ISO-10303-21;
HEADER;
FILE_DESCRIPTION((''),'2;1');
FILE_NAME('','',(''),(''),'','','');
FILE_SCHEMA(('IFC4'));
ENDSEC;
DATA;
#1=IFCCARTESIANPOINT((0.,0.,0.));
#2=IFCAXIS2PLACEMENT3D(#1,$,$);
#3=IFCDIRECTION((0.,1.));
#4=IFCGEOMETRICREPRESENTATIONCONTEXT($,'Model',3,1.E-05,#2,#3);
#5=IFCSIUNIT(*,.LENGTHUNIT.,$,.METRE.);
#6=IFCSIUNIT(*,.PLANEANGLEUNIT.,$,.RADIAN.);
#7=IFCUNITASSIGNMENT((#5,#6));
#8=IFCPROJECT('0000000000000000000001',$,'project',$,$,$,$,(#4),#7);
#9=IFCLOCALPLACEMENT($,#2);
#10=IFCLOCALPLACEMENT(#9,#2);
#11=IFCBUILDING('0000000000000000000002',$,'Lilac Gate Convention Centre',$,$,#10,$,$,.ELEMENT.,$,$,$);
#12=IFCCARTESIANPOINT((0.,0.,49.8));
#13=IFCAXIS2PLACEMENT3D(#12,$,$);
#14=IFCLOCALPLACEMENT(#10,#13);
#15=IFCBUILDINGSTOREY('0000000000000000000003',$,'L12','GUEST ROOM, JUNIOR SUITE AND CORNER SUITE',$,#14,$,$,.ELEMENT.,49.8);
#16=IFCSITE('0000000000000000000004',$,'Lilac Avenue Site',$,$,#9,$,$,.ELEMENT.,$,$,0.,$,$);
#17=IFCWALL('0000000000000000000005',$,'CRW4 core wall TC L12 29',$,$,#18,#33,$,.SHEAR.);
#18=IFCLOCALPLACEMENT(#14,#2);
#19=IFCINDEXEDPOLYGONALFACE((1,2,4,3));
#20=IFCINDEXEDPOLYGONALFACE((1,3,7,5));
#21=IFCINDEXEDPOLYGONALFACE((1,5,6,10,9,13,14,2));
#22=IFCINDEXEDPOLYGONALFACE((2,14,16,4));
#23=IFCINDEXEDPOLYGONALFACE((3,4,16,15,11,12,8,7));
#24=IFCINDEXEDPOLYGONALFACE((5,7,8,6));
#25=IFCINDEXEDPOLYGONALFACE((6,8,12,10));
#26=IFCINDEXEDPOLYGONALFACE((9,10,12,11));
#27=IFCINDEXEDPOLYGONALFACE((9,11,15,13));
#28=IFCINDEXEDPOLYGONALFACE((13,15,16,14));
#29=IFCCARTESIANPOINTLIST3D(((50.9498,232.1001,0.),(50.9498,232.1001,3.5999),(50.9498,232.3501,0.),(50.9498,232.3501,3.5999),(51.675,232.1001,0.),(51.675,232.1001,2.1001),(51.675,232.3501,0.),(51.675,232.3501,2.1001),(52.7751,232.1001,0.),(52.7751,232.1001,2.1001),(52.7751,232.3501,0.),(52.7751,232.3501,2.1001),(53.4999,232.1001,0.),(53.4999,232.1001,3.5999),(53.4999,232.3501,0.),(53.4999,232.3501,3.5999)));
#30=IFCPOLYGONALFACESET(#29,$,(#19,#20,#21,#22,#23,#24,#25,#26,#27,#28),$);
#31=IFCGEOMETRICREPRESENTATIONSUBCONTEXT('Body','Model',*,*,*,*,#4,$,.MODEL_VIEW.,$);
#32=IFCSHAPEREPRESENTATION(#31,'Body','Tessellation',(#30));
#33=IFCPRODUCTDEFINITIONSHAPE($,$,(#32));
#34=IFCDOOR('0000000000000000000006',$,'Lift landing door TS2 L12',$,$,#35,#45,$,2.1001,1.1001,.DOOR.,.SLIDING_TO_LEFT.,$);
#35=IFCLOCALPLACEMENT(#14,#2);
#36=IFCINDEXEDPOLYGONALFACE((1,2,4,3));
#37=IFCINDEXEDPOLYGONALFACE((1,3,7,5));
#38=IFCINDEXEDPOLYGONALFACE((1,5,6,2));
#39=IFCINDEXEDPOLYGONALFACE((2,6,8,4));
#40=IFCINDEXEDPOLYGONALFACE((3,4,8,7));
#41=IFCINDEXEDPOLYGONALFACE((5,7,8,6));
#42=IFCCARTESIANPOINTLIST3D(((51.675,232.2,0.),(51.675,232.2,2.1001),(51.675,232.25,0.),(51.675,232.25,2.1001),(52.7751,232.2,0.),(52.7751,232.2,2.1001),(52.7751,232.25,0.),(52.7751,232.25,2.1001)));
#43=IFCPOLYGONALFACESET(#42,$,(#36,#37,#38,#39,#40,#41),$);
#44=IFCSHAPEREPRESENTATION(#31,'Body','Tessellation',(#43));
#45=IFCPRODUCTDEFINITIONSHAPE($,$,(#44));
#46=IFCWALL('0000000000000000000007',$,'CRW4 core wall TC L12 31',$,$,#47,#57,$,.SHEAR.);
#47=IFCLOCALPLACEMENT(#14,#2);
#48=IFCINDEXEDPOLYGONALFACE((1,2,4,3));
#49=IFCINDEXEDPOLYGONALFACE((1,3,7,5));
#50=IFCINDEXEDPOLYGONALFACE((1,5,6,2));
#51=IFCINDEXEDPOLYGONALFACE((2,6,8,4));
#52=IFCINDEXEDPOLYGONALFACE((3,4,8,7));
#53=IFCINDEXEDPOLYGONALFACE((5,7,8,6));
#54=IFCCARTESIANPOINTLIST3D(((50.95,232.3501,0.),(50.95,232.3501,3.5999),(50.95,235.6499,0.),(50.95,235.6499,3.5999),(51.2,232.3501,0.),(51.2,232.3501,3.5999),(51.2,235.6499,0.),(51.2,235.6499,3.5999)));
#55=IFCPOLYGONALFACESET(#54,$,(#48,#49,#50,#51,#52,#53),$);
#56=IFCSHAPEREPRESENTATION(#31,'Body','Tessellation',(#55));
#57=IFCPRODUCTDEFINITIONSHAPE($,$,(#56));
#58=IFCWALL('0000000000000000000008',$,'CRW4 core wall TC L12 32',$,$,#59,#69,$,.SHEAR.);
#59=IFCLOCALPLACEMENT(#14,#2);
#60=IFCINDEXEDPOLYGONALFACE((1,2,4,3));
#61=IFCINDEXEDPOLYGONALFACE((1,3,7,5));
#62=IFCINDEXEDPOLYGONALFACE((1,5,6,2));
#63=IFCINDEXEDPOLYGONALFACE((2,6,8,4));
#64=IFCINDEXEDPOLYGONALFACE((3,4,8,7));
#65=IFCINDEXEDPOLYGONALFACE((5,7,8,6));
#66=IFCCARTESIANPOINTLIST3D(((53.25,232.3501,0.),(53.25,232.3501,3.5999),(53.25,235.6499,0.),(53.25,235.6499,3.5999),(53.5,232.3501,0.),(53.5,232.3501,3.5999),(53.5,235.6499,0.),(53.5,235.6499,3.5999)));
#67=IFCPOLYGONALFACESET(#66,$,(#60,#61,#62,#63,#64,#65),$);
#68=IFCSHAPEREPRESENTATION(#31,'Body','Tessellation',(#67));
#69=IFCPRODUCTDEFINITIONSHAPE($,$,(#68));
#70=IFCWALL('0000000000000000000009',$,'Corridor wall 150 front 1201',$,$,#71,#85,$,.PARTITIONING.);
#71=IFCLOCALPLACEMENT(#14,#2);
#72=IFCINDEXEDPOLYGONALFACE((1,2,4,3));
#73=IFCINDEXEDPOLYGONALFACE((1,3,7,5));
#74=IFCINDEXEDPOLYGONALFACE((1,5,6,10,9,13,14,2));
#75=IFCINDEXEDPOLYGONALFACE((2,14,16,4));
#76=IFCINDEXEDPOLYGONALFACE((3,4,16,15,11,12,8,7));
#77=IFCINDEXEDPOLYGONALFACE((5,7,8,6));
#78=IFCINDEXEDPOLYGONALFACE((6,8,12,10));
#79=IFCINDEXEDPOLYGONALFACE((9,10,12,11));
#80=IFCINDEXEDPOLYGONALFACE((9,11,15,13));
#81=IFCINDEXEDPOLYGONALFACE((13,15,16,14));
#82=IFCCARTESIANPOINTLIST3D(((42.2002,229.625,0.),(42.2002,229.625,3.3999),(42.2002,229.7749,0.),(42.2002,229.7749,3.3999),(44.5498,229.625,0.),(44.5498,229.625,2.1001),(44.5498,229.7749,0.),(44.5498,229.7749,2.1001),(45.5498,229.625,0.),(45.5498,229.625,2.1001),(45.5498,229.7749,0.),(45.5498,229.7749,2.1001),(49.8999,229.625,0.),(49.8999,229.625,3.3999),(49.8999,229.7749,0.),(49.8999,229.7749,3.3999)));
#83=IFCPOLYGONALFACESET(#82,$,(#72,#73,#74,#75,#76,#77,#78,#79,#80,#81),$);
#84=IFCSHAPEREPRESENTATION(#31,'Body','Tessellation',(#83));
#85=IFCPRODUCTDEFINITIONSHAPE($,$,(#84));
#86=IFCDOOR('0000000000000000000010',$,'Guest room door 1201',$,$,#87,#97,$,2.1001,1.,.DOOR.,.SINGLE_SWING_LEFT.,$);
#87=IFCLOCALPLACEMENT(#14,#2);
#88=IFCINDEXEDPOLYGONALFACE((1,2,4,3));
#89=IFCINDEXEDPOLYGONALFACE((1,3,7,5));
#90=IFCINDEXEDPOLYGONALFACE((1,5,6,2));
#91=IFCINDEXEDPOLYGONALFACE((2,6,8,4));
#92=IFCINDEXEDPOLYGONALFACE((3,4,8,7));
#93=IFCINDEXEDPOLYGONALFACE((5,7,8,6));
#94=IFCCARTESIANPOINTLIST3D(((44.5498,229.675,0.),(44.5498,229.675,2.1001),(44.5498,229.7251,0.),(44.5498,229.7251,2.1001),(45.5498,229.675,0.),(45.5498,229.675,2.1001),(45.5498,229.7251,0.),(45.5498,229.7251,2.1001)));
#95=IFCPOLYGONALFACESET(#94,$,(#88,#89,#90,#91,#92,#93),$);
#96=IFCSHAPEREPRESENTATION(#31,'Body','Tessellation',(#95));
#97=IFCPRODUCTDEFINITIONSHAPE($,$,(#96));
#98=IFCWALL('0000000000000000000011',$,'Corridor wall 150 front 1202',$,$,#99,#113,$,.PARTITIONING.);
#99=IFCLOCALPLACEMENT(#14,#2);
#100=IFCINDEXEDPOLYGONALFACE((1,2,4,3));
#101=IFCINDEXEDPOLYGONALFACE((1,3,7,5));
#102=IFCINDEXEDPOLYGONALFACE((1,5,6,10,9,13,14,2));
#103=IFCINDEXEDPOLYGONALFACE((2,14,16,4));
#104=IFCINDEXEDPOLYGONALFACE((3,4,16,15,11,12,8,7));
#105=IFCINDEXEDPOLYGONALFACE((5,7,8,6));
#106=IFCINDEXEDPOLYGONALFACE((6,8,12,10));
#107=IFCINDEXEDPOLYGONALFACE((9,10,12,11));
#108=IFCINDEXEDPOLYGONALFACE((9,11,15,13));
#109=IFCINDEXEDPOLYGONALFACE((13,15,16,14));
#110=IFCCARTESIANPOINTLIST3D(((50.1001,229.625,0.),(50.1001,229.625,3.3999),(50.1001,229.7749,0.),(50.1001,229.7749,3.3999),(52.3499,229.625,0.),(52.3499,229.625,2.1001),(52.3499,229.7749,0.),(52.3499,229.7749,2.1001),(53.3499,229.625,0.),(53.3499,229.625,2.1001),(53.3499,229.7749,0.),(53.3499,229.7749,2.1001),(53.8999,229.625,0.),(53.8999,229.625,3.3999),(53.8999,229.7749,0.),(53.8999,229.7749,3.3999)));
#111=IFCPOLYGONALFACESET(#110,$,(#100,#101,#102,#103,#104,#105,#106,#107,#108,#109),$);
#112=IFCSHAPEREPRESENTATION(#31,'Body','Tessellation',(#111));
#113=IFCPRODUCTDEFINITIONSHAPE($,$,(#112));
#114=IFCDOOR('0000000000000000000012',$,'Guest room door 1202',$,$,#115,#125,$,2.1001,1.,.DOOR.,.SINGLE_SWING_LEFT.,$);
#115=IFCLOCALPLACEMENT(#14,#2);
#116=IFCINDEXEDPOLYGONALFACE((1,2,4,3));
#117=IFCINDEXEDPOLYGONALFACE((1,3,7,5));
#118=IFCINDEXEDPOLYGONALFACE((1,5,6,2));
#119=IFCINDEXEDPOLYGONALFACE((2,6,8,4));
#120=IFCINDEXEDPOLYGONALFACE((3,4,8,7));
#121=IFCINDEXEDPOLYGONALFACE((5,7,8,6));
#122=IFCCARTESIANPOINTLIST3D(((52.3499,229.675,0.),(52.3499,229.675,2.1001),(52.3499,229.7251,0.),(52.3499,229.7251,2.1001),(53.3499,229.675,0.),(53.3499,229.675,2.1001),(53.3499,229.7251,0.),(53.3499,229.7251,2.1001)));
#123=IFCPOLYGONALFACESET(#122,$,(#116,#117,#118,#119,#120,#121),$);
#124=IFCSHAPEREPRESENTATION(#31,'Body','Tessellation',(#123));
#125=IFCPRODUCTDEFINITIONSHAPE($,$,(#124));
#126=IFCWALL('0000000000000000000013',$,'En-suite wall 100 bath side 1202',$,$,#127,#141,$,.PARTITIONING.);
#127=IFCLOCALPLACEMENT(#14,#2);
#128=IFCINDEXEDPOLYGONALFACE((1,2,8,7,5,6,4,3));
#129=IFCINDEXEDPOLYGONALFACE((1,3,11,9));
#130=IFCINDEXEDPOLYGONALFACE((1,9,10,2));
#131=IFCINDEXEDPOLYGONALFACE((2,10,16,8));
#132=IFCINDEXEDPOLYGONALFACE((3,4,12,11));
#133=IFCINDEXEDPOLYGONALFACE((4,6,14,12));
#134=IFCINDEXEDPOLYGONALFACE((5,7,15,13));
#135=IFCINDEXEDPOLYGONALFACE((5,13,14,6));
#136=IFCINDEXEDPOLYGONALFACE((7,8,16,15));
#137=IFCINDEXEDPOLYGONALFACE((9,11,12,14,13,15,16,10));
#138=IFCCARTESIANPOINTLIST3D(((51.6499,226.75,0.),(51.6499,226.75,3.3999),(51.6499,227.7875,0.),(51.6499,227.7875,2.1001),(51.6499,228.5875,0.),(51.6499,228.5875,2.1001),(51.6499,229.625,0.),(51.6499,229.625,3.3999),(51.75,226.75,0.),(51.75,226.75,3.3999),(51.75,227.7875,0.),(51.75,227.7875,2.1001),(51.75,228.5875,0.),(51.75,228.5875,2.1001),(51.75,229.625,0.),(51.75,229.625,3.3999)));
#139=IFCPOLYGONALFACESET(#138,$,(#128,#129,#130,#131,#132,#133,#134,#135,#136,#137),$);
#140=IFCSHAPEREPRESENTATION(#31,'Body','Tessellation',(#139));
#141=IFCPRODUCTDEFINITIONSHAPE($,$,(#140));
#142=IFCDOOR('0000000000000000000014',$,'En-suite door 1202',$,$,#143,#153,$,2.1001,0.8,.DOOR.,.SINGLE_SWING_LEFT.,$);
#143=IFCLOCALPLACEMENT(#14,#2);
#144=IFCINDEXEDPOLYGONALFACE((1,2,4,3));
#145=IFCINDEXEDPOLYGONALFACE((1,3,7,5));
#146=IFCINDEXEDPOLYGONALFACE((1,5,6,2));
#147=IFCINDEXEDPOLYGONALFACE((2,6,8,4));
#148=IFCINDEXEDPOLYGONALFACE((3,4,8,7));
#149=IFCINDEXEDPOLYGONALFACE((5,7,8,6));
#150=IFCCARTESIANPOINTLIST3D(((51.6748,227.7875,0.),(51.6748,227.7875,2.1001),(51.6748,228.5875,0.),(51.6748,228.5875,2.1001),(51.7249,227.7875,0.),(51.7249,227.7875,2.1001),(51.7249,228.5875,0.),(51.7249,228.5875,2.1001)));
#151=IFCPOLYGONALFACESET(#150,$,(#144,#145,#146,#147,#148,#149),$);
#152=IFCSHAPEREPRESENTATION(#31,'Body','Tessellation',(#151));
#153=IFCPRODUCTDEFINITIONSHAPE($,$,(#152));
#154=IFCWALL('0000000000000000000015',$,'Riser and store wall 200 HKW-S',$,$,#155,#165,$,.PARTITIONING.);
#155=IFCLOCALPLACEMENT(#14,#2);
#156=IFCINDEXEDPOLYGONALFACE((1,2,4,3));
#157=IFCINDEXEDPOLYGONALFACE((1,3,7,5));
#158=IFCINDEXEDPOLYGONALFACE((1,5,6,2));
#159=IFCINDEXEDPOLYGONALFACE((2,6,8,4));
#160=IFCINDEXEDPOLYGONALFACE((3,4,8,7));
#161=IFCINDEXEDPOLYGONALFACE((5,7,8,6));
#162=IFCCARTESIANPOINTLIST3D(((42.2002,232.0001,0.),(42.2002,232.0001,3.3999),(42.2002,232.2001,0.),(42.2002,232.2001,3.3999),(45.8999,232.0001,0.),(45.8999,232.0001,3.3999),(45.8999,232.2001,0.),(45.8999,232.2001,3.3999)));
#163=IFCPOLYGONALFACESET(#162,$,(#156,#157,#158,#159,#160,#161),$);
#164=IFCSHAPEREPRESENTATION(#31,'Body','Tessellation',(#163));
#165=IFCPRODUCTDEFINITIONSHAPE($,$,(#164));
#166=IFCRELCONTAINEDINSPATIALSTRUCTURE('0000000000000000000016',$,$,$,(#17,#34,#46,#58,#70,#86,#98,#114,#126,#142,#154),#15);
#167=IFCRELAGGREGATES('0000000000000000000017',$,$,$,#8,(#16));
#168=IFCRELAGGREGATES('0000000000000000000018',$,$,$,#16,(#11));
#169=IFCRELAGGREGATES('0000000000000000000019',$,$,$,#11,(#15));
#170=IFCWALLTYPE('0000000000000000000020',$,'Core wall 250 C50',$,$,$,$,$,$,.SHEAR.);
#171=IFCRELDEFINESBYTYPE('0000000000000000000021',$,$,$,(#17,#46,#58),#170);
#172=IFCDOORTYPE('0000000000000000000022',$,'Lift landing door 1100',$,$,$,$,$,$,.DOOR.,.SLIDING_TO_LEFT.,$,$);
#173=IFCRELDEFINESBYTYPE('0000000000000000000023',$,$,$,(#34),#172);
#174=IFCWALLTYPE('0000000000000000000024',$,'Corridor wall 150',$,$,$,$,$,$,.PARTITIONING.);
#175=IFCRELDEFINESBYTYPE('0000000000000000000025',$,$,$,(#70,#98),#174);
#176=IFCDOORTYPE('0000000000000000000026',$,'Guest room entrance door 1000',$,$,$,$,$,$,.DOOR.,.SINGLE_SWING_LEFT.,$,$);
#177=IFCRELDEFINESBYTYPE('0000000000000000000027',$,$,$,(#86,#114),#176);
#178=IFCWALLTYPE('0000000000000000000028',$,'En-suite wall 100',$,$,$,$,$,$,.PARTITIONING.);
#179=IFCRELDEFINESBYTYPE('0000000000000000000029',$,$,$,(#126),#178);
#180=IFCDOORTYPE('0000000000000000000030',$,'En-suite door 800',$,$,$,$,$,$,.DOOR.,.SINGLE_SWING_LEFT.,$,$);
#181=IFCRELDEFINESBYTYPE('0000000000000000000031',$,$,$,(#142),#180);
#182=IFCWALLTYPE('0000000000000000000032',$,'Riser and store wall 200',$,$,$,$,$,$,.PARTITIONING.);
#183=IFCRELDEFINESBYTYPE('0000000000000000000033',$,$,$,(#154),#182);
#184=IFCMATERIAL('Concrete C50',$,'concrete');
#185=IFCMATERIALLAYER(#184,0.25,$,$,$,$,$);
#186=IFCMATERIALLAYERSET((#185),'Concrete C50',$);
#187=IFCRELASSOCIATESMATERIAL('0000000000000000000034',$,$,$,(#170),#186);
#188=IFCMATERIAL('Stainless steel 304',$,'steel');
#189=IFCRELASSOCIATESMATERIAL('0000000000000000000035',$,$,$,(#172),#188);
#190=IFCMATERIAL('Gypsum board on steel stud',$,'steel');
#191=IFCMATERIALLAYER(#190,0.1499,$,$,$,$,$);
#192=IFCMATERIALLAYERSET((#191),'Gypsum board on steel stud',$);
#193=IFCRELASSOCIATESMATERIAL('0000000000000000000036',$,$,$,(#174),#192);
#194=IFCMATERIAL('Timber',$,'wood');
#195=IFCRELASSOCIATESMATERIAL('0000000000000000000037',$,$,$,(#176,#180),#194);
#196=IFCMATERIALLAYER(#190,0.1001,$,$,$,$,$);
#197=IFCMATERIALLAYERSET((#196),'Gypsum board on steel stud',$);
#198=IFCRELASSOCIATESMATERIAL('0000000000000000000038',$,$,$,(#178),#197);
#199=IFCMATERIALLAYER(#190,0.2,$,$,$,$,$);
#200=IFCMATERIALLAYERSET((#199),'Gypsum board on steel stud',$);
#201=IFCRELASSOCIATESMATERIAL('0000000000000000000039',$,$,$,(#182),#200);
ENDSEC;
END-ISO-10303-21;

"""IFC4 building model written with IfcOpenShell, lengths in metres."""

from ifc_helpers import new_model, si_unit, direction, frame, frame_2d, origin, place, context, subcontext, project, spatial, rectangle, extrude, material, layer, layer_set, type_object, element, fill, save


model = new_model("IFC4")

# Units and contexts
model_context = context("Model", 3, precision=1e-05, world=origin(), true_north=direction((0.0, 1.0)))
body_context = subcontext(model_context, "Body", "Model", "MODEL_VIEW")
ifc_project = project(units=[si_unit("LENGTHUNIT", "METRE"), si_unit("PLANEANGLEUNIT", "RADIAN")], contexts=[model_context])

# Site, building, storey
site_placement = place(None, origin())
site = spatial("IfcSite", under=ifc_project, at=site_placement, Name="Lilac Avenue Site", CompositionType="ELEMENT", RefElevation=0.0)
building_placement = place(site_placement, origin())
building = spatial("IfcBuilding", under=site, at=building_placement, Name="Lilac Gate Convention Centre", CompositionType="ELEMENT")
storey_placement = place(building_placement, frame((0.0, 0.0, 49.8)))
storey = spatial("IfcBuildingStorey", under=building, at=storey_placement, Name="L12", Description="GUEST ROOM, JUNIOR SUITE AND CORNER SUITE", CompositionType="ELEMENT", Elevation=49.8)

# Shared definitions
ifc_material_1 = material(Name="Concrete C50", Category="concrete")
ifc_layer_1 = layer(ifc_material_1, 0.25)
ifc_layer_set_1 = layer_set([ifc_layer_1], Name="Concrete C50")
wall_type_1 = type_object("IfcWallType", Name="Core wall 250 C50", PredefinedType="SHEAR", material=ifc_layer_set_1)
ifc_material_2 = material(Name="Stainless steel 304", Category="steel")
door_type_1 = type_object("IfcDoorType", Name="Lift landing door 1100", OperationType="SLIDING_TO_LEFT", PredefinedType="DOOR", material=ifc_material_2)

# Wall, opening, door
wall_1_placement = place(storey_placement, frame((50.95, 232.2251, 0.0), z_axis=(0.0, 0.0, 1.0), x_axis=(1.0, 0.0, 0.0)))
wall_1 = element("IfcWall", 1, at=wall_1_placement, inside=storey, type_object=wall_type_1, Name="CRW4 core wall TC L12 29", PredefinedType="SHEAR", context=body_context, shape_type="SweptSolid", body=[
    extrude(rectangle(XDim=2.55, YDim=0.25, at=frame_2d((1.2749, 0.0))), origin(), (0.0, 0.0, 1.0), 3.5999),
])
opening_1_placement = place(wall_1_placement, frame((0.7251, 0.0, 0.0)))
opening_1 = element("IfcOpeningElement", 2, at=opening_1_placement, cuts=wall_1, PredefinedType="OPENING", context=body_context, shape_type="SweptSolid", body=[
    extrude(rectangle(XDim=1.1001, YDim=2.1001, at=frame_2d((0.55, 1.05))), frame((0.0, 0.135, 0.0), z_axis=(0.0, -1.0, 0.0), x_axis=(1.0, 0.0, 0.0)), (0.0, 0.0, 1.0), 0.27),
])
door_1_placement = place(opening_1_placement, origin())
door_1 = element("IfcDoor", 3, at=door_1_placement, inside=storey, type_object=door_type_1, Name="Lift landing door TS2 L12", OperationType="SLIDING_TO_LEFT", OverallHeight=2.1001, OverallWidth=1.1001, PredefinedType="DOOR", context=body_context, shape_type="SweptSolid", body=[
    extrude(rectangle(XDim=1.1001, YDim=2.1001, at=frame_2d((0.55, 1.05))), frame((0.0, 0.0249, 0.0), z_axis=(0.0, -1.0, 0.0), x_axis=(1.0, 0.0, 0.0)), (0.0, 0.0, 1.0), 0.05),
])
fill(opening_1, door_1)

# Walls
for number, where, z_axis, x_axis, name in (
    (4, (51.075, 232.3501, 0.0), (0.0, 0.0, 1.0), (0.0, 1.0, 0.0), "CRW4 core wall TC L12 31"),
    (5, (53.375, 232.3501, 0.0), (0.0, 0.0, 1.0), (0.0, 1.0, 0.0), "CRW4 core wall TC L12 32"),
):
    element("IfcWall", number, at=place(storey_placement, frame(where, z_axis=z_axis, x_axis=x_axis)), inside=storey, type_object=wall_type_1, Name=name, PredefinedType="SHEAR", context=body_context, shape_type="SweptSolid", body=[
        extrude(rectangle(XDim=3.2998, YDim=0.25, at=frame_2d((1.6499, 0.0))), origin(), (0.0, 0.0, 1.0), 3.5999),
    ])

# Walls, openings, doors
ifc_material_3 = material(Name="Gypsum board on steel stud", Category="steel")
ifc_layer_2 = layer(ifc_material_3, 0.1499)
ifc_layer_set_2 = layer_set([ifc_layer_2], Name="Gypsum board on steel stud")
wall_type_2 = type_object("IfcWallType", Name="Corridor wall 150", PredefinedType="PARTITIONING", material=ifc_layer_set_2)
wall_2_placement = place(storey_placement, frame((49.8999, 229.7, 0.0), z_axis=(0.0, 0.0, 1.0), x_axis=(-1.0, 0.0, 0.0)))
wall_2 = element("IfcWall", 6, at=wall_2_placement, inside=storey, type_object=wall_type_2, Name="Corridor wall 150 front 1201", PredefinedType="PARTITIONING", context=body_context, shape_type="SweptSolid", body=[
    extrude(rectangle(XDim=7.6997, YDim=0.1499, at=frame_2d((3.8499, 0.0))), origin(), (0.0, 0.0, 1.0), 3.3999),
])
opening_2_placement = place(wall_2_placement, frame((4.3501, 0.0, 0.0)))
opening_2 = element("IfcOpeningElement", 7, at=opening_2_placement, cuts=wall_2, PredefinedType="OPENING", context=body_context, shape_type="SweptSolid", body=[
    extrude(rectangle(XDim=1.0, YDim=2.1001, at=frame_2d((0.5, 1.05))), frame((0.0, 0.085, 0.0), z_axis=(0.0, -1.0, 0.0), x_axis=(1.0, 0.0, 0.0)), (0.0, 0.0, 1.0), 0.1699),
])
ifc_material_4 = material(Name="Timber", Category="wood")
door_type_2 = type_object("IfcDoorType", Name="Guest room entrance door 1000", OperationType="SINGLE_SWING_LEFT", PredefinedType="DOOR", material=ifc_material_4)
door_2_placement = place(opening_2_placement, origin())
door_2 = element("IfcDoor", 8, at=door_2_placement, inside=storey, type_object=door_type_2, Name="Guest room door 1201", OperationType="SINGLE_SWING_LEFT", OverallHeight=2.1001, OverallWidth=1.0, PredefinedType="DOOR", context=body_context, shape_type="SweptSolid", body=[
    extrude(rectangle(XDim=1.0, YDim=2.1001, at=frame_2d((0.5, 1.05))), frame((0.0, 0.0249, 0.0), z_axis=(0.0, -1.0, 0.0), x_axis=(1.0, 0.0, 0.0)), (0.0, 0.0, 1.0), 0.05),
])
fill(opening_2, door_2)
wall_3_placement = place(storey_placement, frame((53.8999, 229.7, 0.0), z_axis=(0.0, 0.0, 1.0), x_axis=(-1.0, 0.0, 0.0)))
wall_3 = element("IfcWall", 9, at=wall_3_placement, inside=storey, type_object=wall_type_2, Name="Corridor wall 150 front 1202", PredefinedType="PARTITIONING", context=body_context, shape_type="SweptSolid", body=[
    extrude(rectangle(XDim=3.7998, YDim=0.1499, at=frame_2d((1.8999, 0.0))), origin(), (0.0, 0.0, 1.0), 3.3999),
])
opening_3_placement = place(wall_3_placement, frame((0.55, 0.0, 0.0)))
opening_3 = element("IfcOpeningElement", 10, at=opening_3_placement, cuts=wall_3, PredefinedType="OPENING", context=body_context, shape_type="SweptSolid", body=[
    extrude(rectangle(XDim=1.0, YDim=2.1001, at=frame_2d((0.5, 1.05))), frame((0.0, 0.085, 0.0), z_axis=(0.0, -1.0, 0.0), x_axis=(1.0, 0.0, 0.0)), (0.0, 0.0, 1.0), 0.1699),
])
door_3_placement = place(opening_3_placement, origin())
door_3 = element("IfcDoor", 11, at=door_3_placement, inside=storey, type_object=door_type_2, Name="Guest room door 1202", OperationType="SINGLE_SWING_LEFT", OverallHeight=2.1001, OverallWidth=1.0, PredefinedType="DOOR", context=body_context, shape_type="SweptSolid", body=[
    extrude(rectangle(XDim=1.0, YDim=2.1001, at=frame_2d((0.5, 1.05))), frame((0.0, 0.0249, 0.0), z_axis=(0.0, -1.0, 0.0), x_axis=(1.0, 0.0, 0.0)), (0.0, 0.0, 1.0), 0.05),
])
fill(opening_3, door_3)
ifc_layer_3 = layer(ifc_material_3, 0.1001)
ifc_layer_set_3 = layer_set([ifc_layer_3], Name="Gypsum board on steel stud")
wall_type_3 = type_object("IfcWallType", Name="En-suite wall 100", PredefinedType="PARTITIONING", material=ifc_layer_set_3)
wall_4_placement = place(storey_placement, frame((51.7, 229.625, 0.0), z_axis=(0.0, 0.0, 1.0), x_axis=(0.0, -1.0, 0.0)))
wall_4 = element("IfcWall", 12, at=wall_4_placement, inside=storey, type_object=wall_type_3, Name="En-suite wall 100 bath side 1202", PredefinedType="PARTITIONING", context=body_context, shape_type="SweptSolid", body=[
    extrude(rectangle(XDim=2.875, YDim=0.1001, at=frame_2d((1.4375, 0.0))), origin(), (0.0, 0.0, 1.0), 3.3999),
])
opening_4_placement = place(wall_4_placement, frame((1.0376, 0.0, 0.0)))
opening_4 = element("IfcOpeningElement", 13, at=opening_4_placement, cuts=wall_4, PredefinedType="OPENING", context=body_context, shape_type="SweptSolid", body=[
    extrude(rectangle(XDim=0.8, YDim=2.1001, at=frame_2d((0.3999, 1.05))), frame((0.0, 0.0601, 0.0), z_axis=(0.0, -1.0, 0.0), x_axis=(1.0, 0.0, 0.0)), (0.0, 0.0, 1.0), 0.1201),
])
door_type_3 = type_object("IfcDoorType", Name="En-suite door 800", OperationType="SINGLE_SWING_LEFT", PredefinedType="DOOR", material=ifc_material_4)
door_4_placement = place(opening_4_placement, origin())
door_4 = element("IfcDoor", 14, at=door_4_placement, inside=storey, type_object=door_type_3, Name="En-suite door 1202", OperationType="SINGLE_SWING_LEFT", OverallHeight=2.1001, OverallWidth=0.8, PredefinedType="DOOR", context=body_context, shape_type="SweptSolid", body=[
    extrude(rectangle(XDim=0.8, YDim=2.1001, at=frame_2d((0.3999, 1.05))), frame((0.0, 0.0249, 0.0), z_axis=(0.0, -1.0, 0.0), x_axis=(1.0, 0.0, 0.0)), (0.0, 0.0, 1.0), 0.05),
])
fill(opening_4, door_4)

# Wall
ifc_layer_4 = layer(ifc_material_3, 0.2)
ifc_layer_set_4 = layer_set([ifc_layer_4], Name="Gypsum board on steel stud")
wall_type_4 = type_object("IfcWallType", Name="Riser and store wall 200", PredefinedType="PARTITIONING", material=ifc_layer_set_4)
wall_5_placement = place(storey_placement, frame((42.2002, 232.1001, 0.0), z_axis=(0.0, 0.0, 1.0), x_axis=(1.0, 0.0, 0.0)))
element("IfcWall", 15, at=wall_5_placement, inside=storey, type_object=wall_type_4, Name="Riser and store wall 200 HKW-S", PredefinedType="PARTITIONING", context=body_context, shape_type="SweptSolid", body=[
    extrude(rectangle(XDim=3.6997, YDim=0.2, at=frame_2d((1.8499, 0.0))), origin(), (0.0, 0.0, 1.0), 3.3999),
])

save(model, "model.ifc")
